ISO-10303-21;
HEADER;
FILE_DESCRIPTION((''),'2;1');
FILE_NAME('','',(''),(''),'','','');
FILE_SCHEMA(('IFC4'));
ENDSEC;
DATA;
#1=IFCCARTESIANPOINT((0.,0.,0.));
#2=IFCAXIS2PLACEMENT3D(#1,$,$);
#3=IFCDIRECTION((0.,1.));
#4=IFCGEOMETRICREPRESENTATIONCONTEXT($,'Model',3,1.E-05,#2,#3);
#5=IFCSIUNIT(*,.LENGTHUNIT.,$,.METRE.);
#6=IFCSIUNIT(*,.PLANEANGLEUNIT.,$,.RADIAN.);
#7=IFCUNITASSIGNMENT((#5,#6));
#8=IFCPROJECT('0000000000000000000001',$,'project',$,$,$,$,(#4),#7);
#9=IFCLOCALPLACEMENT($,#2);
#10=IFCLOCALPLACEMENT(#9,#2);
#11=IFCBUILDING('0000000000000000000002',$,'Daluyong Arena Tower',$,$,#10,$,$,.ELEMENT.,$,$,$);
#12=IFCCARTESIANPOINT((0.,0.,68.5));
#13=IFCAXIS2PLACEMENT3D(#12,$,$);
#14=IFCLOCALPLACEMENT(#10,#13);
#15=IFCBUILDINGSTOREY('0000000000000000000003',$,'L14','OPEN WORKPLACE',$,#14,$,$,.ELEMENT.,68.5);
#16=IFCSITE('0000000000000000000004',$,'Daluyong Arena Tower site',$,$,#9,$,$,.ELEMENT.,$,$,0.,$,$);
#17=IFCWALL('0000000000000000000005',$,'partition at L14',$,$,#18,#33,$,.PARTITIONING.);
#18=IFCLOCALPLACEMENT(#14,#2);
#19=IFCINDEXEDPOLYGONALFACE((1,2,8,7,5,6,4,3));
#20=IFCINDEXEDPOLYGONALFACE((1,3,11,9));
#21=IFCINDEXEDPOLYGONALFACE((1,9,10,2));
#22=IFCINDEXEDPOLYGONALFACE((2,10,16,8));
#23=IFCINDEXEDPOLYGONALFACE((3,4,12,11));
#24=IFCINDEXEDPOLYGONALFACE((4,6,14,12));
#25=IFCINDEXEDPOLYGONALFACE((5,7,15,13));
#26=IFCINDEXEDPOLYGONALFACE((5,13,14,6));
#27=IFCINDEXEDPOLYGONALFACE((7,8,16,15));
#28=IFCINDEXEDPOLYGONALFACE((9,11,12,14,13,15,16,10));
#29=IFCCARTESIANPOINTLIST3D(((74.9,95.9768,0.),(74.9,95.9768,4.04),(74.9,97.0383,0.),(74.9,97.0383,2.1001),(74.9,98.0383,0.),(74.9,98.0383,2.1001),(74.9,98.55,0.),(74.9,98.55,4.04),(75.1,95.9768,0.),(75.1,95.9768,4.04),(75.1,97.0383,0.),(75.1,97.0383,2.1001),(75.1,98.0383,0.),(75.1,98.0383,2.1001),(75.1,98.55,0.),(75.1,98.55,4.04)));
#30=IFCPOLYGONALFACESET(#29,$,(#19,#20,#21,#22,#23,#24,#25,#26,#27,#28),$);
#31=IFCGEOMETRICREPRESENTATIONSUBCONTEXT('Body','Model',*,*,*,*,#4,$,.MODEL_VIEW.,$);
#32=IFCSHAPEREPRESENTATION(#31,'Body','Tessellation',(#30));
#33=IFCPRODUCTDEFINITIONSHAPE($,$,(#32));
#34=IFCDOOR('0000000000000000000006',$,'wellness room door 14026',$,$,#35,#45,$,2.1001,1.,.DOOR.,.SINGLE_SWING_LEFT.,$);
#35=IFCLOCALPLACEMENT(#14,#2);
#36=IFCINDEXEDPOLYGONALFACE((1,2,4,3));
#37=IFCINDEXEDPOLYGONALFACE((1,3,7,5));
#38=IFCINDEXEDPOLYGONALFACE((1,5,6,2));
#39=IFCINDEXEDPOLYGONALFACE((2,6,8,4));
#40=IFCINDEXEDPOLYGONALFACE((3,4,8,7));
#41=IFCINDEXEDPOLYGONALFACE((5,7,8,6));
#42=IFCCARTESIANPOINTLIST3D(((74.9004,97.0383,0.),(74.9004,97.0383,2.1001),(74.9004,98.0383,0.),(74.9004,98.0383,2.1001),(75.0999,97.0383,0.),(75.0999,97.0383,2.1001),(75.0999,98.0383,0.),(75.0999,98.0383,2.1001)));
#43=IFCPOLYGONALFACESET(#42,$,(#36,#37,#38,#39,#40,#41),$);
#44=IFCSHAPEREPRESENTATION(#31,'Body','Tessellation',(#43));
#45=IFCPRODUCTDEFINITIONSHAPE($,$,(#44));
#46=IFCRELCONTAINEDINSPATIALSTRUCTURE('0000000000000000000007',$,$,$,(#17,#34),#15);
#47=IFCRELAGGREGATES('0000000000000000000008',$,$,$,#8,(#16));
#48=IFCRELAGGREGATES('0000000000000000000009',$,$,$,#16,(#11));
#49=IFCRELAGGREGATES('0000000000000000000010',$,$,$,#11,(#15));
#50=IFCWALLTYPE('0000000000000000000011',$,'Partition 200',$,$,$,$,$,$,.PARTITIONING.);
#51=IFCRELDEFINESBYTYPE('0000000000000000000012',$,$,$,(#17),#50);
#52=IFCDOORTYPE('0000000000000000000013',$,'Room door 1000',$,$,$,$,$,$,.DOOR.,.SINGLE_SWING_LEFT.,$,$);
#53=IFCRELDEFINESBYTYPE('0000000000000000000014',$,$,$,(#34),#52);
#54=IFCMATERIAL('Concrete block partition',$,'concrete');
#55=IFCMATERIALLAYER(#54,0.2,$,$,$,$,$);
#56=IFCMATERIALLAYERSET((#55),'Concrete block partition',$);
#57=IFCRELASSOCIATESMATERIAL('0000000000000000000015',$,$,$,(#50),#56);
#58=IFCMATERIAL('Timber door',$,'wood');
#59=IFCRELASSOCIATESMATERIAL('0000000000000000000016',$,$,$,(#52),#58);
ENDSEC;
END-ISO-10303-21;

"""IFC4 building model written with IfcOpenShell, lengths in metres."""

from ifc_helpers import new_model, si_unit, direction, frame, frame_2d, origin, place, context, subcontext, project, spatial, rectangle, extrude, material, layer, layer_set, type_object, element, fill, save


model = new_model("IFC4")

# Units and contexts
model_context = context("Model", 3, precision=1e-05, world=origin(), true_north=direction((0.0, 1.0)))
body_context = subcontext(model_context, "Body", "Model", "MODEL_VIEW")
ifc_project = project(units=[si_unit("LENGTHUNIT", "METRE"), si_unit("PLANEANGLEUNIT", "RADIAN")], contexts=[model_context])

# Site, building, storey
site_placement = place(None, origin())
site = spatial("IfcSite", under=ifc_project, at=site_placement, Name="Daluyong Arena Tower site", CompositionType="ELEMENT", RefElevation=0.0)
building_placement = place(site_placement, origin())
building = spatial("IfcBuilding", under=site, at=building_placement, Name="Daluyong Arena Tower", CompositionType="ELEMENT")
storey_placement = place(building_placement, frame((0.0, 0.0, 68.5)))
storey = spatial("IfcBuildingStorey", under=building, at=storey_placement, Name="L14", Description="OPEN WORKPLACE", CompositionType="ELEMENT", Elevation=68.5)

# Shared definitions
ifc_material_1 = material(Name="Concrete block partition", Category="concrete")
ifc_layer_1 = layer(ifc_material_1, 0.2)
ifc_layer_set_1 = layer_set([ifc_layer_1], Name="Concrete block partition")
wall_type_1 = type_object("IfcWallType", Name="Partition 200", PredefinedType="PARTITIONING", material=ifc_layer_set_1)

# Wall, opening, door
ifc_material_2 = material(Name="Timber door", Category="wood")
door_type_1 = type_object("IfcDoorType", Name="Room door 1000", OperationType="SINGLE_SWING_LEFT", PredefinedType="DOOR", material=ifc_material_2)
wall_1_placement = place(storey_placement, frame((75.0, 95.9768, 0.0), z_axis=(0.0, 0.0, 1.0), x_axis=(0.0, 1.0, 0.0)))
wall_1 = element("IfcWall", 1, at=wall_1_placement, inside=storey, type_object=wall_type_1, Name="partition at L14", PredefinedType="PARTITIONING", context=body_context, shape_type="SweptSolid", body=[
    extrude(rectangle(XDim=2.5732, YDim=0.2, at=frame_2d((1.2866, 0.0))), origin(), (0.0, 0.0, 1.0), 4.04),
])
opening_1_placement = place(wall_1_placement, frame((1.0615, 0.0, 0.0)))
opening_1 = element("IfcOpeningElement", 2, at=opening_1_placement, cuts=wall_1, PredefinedType="OPENING", context=body_context, shape_type="SweptSolid", body=[
    extrude(rectangle(XDim=1.0, YDim=2.1001, at=frame_2d((0.5, 1.05))), frame((0.0, 0.1099, 0.0), z_axis=(0.0, -1.0, 0.0), x_axis=(1.0, 0.0, 0.0)), (0.0, 0.0, 1.0), 0.22),
])
door_1_placement = place(opening_1_placement, origin())
door_1 = element("IfcDoor", 3, at=door_1_placement, inside=storey, type_object=door_type_1, Name="wellness room door 14026", OperationType="SINGLE_SWING_LEFT", OverallHeight=2.1001, OverallWidth=1.0, PredefinedType="DOOR", context=body_context, shape_type="SweptSolid", body=[
    extrude(rectangle(XDim=1.0, YDim=2.1001, at=frame_2d((0.5, 1.05))), frame((0.0, 0.0996, 0.0), z_axis=(0.0, -1.0, 0.0), x_axis=(1.0, 0.0, 0.0)), (0.0, 0.0, 1.0), 0.1995),
])
fill(opening_1, door_1)

save(model, "model.ifc")
